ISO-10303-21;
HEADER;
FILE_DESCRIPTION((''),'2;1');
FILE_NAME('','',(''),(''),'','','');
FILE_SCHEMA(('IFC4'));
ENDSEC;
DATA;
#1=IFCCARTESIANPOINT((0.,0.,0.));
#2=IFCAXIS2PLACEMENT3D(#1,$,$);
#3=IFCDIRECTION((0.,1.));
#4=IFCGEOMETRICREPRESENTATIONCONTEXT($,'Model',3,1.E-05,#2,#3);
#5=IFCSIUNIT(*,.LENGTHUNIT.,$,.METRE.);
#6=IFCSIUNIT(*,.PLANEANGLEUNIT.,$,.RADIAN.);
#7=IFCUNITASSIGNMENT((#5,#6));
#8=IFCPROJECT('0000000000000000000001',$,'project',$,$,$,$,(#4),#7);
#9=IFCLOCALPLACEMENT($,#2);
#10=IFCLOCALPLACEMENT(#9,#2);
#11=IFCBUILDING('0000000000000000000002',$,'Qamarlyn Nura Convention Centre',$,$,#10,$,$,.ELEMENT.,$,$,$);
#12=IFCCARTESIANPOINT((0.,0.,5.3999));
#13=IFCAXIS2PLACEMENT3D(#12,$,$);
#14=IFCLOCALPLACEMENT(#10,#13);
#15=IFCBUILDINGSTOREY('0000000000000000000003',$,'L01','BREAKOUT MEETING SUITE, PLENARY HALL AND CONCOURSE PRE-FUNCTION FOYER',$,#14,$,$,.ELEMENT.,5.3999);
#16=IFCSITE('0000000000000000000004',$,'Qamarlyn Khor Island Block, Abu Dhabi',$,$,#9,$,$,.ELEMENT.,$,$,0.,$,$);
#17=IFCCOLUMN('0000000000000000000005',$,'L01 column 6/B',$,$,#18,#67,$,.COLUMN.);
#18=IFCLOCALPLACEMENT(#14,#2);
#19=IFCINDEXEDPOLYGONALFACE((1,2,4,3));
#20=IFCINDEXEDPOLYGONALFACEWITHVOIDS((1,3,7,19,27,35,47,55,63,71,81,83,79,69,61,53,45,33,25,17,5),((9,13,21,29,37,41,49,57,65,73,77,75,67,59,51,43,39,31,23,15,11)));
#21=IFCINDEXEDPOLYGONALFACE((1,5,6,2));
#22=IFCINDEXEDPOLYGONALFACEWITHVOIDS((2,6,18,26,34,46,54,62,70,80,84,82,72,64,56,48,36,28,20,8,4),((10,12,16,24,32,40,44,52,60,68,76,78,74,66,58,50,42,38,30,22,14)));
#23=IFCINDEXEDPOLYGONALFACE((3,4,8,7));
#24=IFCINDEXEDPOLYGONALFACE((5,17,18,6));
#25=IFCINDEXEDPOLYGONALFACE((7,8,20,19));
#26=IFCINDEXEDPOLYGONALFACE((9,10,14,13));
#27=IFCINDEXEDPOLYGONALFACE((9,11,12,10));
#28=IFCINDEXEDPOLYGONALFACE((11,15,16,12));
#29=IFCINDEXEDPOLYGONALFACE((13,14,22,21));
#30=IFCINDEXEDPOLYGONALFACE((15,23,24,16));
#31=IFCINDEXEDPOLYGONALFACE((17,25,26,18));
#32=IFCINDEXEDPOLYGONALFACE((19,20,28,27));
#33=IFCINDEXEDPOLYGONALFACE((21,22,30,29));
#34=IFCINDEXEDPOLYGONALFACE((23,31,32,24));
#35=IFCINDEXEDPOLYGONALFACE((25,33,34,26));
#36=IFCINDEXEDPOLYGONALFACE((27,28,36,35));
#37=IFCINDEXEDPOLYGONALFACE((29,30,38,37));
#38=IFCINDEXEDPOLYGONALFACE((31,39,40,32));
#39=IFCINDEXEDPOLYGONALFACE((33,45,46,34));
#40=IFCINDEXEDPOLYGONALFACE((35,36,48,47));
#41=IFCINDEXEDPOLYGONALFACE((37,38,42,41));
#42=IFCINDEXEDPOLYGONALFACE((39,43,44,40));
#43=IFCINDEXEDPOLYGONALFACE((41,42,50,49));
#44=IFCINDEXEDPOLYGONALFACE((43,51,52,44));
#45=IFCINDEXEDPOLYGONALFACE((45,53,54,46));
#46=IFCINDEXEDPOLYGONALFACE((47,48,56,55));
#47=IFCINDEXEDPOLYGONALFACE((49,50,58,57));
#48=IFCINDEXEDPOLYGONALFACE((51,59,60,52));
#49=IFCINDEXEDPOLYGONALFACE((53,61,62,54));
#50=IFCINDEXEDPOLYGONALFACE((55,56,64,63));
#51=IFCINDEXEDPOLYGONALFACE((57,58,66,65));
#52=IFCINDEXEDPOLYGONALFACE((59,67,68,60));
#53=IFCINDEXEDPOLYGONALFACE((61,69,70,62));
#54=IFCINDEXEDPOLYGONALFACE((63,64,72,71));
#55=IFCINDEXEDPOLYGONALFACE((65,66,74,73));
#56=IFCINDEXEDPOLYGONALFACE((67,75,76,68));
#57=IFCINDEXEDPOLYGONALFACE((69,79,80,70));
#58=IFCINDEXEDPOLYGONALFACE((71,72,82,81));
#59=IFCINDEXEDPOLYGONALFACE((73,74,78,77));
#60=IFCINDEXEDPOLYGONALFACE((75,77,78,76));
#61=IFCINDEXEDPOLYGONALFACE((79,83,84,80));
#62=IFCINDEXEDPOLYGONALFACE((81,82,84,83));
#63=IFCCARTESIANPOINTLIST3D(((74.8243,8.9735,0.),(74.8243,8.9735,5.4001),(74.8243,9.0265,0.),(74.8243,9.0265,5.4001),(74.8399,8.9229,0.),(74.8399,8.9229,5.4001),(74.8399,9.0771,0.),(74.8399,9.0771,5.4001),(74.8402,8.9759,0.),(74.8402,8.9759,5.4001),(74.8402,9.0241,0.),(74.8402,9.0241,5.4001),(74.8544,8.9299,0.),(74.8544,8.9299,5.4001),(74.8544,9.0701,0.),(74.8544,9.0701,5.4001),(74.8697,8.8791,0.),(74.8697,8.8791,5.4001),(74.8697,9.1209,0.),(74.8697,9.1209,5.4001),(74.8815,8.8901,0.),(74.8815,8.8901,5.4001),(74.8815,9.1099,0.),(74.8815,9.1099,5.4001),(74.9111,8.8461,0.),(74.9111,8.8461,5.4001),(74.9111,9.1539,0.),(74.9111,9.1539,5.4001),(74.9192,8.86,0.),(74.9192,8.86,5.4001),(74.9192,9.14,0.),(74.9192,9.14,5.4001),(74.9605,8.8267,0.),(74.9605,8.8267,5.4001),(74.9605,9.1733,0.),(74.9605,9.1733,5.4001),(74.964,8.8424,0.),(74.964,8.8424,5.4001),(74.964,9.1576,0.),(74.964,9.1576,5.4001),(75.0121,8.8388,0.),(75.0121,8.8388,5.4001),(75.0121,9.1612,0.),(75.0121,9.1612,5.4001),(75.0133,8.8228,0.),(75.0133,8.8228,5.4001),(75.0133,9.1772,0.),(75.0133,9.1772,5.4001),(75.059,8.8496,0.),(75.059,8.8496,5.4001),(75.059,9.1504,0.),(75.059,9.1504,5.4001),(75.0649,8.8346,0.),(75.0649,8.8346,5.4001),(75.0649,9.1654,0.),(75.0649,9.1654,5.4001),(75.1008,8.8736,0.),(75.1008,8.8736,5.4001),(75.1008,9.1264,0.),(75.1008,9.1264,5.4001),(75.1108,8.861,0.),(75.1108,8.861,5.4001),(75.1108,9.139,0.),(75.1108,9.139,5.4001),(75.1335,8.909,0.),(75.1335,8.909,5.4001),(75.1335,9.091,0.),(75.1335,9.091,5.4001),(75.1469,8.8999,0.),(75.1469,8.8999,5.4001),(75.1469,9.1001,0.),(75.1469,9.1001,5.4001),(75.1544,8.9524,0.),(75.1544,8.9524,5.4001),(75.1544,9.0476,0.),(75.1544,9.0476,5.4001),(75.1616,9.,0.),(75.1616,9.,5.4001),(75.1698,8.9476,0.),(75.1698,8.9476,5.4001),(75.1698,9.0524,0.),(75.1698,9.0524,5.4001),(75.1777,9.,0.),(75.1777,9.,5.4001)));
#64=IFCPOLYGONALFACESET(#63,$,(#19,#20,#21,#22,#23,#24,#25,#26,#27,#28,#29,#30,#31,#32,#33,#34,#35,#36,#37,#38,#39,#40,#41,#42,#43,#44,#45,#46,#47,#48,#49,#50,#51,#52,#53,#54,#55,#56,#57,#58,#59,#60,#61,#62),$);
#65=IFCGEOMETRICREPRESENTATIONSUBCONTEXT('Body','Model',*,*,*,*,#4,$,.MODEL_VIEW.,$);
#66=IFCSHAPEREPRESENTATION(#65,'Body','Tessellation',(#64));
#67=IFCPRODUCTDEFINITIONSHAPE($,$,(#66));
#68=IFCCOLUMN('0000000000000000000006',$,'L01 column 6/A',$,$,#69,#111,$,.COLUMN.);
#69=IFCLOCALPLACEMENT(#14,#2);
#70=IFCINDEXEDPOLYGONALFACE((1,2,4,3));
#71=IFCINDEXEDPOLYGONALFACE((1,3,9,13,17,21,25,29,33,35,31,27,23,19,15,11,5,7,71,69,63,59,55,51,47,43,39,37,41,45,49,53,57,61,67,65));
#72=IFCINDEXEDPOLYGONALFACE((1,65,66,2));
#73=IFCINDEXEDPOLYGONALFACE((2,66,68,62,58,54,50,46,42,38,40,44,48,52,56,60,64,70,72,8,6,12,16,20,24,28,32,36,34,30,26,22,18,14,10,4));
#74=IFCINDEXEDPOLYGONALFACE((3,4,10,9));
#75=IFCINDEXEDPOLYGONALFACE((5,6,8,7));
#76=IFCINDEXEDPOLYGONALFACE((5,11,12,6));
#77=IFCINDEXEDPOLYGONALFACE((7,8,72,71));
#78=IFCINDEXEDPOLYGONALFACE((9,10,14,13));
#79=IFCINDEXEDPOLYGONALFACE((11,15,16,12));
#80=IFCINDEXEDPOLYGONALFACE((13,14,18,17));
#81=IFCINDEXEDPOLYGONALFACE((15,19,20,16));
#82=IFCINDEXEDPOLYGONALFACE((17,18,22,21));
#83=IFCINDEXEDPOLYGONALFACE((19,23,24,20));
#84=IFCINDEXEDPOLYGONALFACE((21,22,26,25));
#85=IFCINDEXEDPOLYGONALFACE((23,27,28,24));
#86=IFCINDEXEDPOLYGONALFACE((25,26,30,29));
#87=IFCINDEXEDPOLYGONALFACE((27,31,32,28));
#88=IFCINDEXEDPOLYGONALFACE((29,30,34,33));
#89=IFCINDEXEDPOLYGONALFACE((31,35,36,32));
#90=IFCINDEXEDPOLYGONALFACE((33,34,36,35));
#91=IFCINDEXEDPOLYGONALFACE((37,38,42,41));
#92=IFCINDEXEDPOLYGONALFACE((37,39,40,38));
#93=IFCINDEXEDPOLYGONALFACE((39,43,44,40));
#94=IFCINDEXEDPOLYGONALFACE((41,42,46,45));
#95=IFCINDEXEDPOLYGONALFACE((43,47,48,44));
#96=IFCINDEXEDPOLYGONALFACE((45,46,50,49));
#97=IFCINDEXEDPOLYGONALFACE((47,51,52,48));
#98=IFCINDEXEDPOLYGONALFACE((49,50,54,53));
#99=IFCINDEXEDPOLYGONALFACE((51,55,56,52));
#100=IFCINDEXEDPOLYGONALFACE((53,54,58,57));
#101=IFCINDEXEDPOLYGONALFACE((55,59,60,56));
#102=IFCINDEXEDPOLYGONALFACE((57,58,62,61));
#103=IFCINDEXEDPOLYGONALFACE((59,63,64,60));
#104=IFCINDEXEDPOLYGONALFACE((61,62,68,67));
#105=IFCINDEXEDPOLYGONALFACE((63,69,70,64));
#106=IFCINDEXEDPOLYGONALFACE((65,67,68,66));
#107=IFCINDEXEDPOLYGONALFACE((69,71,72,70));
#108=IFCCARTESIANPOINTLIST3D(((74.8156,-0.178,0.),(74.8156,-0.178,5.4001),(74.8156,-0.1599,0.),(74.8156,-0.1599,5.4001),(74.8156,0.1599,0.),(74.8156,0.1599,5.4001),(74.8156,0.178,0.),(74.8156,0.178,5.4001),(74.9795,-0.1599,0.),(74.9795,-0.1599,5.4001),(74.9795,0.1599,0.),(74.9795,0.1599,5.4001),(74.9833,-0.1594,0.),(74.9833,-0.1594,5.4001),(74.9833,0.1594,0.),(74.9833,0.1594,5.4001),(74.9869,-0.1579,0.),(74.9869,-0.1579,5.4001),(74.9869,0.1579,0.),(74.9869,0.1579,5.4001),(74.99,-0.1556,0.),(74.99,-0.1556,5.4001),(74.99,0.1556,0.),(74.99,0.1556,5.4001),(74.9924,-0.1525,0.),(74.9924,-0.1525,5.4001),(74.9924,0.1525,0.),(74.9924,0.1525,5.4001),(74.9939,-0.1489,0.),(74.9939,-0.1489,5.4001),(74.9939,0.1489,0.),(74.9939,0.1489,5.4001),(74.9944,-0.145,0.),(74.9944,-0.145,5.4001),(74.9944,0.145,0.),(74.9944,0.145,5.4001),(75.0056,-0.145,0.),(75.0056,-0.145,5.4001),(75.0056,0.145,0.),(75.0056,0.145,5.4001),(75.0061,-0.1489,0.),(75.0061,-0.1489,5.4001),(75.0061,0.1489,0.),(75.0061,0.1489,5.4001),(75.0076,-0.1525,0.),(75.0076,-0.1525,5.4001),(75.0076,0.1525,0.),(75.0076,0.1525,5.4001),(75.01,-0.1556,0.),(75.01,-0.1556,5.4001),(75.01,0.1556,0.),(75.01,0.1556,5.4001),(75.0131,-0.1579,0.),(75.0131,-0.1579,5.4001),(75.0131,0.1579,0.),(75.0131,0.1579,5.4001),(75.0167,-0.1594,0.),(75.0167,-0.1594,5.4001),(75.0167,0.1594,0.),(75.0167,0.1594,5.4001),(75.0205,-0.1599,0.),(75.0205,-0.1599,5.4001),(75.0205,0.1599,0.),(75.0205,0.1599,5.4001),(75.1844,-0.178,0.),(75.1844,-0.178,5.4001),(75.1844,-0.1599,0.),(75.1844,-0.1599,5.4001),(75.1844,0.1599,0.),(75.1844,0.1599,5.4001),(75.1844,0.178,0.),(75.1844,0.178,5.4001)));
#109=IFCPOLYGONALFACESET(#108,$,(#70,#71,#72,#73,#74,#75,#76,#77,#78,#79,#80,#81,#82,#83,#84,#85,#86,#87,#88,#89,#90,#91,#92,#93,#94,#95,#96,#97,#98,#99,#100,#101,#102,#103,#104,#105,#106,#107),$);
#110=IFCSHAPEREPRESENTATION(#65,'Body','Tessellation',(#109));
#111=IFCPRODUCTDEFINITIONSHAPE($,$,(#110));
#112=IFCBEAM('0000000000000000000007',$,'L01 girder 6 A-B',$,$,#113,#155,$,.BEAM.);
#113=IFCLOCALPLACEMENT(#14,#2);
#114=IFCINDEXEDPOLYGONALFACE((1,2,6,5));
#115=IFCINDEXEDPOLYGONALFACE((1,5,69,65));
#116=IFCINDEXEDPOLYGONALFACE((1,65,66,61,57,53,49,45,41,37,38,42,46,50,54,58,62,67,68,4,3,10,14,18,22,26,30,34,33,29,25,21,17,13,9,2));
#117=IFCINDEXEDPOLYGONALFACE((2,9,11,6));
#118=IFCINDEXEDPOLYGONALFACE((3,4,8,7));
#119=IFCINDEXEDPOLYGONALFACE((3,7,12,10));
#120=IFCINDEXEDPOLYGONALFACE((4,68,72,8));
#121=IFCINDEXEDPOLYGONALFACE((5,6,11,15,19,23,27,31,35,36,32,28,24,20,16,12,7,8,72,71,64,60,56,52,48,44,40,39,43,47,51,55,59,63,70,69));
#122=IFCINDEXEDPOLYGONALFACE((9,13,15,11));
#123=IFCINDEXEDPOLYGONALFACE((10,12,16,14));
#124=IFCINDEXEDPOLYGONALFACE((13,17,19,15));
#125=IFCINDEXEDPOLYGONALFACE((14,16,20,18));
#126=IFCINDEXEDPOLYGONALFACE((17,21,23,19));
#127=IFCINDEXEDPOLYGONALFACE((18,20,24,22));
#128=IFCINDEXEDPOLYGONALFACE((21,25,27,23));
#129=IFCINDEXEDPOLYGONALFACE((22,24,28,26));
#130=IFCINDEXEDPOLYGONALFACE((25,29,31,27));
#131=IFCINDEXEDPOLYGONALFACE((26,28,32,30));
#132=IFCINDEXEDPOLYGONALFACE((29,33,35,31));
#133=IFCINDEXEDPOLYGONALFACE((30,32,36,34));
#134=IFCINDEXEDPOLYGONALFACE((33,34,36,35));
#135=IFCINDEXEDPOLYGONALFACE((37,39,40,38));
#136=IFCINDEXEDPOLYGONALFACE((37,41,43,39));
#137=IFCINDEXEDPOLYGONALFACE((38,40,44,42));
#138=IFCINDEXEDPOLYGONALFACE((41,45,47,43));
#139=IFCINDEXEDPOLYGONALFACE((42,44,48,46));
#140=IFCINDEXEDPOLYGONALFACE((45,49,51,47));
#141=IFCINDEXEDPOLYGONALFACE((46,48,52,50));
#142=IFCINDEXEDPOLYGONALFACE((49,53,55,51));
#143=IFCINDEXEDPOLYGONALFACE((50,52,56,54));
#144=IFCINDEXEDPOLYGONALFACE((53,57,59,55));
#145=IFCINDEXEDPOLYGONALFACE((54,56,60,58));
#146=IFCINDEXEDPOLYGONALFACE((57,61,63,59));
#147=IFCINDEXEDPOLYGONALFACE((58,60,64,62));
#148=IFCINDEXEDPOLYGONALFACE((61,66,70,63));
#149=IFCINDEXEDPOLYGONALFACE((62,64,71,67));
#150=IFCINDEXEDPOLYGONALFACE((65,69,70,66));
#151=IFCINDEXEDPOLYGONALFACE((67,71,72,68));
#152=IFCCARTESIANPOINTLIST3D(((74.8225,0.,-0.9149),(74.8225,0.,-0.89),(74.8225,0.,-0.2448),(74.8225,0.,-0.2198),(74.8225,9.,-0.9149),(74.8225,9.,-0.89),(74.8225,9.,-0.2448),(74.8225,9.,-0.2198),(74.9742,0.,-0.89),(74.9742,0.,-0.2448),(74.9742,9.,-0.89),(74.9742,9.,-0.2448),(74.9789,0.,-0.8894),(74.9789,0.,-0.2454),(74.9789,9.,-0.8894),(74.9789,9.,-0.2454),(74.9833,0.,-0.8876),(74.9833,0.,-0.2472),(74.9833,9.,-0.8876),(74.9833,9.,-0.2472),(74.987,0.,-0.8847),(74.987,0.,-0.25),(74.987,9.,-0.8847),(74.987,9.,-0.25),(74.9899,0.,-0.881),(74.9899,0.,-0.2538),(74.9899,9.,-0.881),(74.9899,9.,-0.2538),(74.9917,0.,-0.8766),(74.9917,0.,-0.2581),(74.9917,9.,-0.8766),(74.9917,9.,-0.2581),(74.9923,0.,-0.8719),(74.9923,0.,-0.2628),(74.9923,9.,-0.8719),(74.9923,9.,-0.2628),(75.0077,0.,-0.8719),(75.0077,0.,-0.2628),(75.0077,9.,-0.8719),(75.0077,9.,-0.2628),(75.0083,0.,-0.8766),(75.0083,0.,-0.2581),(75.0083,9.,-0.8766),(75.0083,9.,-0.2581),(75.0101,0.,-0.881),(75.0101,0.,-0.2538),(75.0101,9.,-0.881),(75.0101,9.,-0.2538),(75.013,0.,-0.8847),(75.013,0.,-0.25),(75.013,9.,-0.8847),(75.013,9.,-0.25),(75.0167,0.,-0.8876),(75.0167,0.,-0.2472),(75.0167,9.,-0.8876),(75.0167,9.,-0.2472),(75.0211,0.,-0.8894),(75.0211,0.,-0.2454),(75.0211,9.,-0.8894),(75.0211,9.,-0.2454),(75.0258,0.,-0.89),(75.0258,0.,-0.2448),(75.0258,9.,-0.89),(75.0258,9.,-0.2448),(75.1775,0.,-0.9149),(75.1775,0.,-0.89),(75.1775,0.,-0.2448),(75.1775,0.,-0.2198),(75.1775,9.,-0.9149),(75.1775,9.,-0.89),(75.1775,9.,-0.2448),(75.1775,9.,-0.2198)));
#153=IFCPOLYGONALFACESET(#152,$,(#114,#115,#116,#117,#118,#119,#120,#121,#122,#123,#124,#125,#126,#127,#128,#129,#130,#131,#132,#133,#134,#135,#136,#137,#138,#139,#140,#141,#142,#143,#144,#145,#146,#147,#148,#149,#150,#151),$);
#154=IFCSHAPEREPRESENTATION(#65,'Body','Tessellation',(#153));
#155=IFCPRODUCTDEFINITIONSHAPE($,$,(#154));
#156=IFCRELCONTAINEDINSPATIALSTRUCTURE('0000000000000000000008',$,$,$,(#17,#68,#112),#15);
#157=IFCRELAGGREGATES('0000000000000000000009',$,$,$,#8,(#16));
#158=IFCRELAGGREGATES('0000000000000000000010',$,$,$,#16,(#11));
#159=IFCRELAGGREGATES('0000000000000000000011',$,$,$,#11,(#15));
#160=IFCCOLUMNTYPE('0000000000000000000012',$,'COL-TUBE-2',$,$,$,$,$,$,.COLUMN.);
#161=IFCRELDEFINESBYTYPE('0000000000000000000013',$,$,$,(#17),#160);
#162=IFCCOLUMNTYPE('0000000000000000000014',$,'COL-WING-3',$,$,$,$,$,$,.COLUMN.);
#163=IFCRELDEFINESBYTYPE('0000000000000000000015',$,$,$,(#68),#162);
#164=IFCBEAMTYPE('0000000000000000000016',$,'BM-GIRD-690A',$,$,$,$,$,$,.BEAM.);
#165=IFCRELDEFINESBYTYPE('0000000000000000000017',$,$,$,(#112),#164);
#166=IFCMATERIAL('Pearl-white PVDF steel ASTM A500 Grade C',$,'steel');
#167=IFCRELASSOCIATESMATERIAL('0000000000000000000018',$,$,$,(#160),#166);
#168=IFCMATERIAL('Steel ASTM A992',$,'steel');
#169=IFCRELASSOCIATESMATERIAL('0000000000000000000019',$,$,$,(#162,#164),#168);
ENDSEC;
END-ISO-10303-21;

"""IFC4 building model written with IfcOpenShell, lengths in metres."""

from ifc_helpers import new_model, si_unit, direction, frame, origin, origin_2d, place, context, subcontext, project, spatial, hollow_circle, i_section, extrude, material, material_profile, profile_set, type_object, element, save


model = new_model("IFC4")

# Units and contexts
model_context = context("Model", 3, precision=1e-05, world=origin(), true_north=direction((0.0, 1.0)))
body_context = subcontext(model_context, "Body", "Model", "MODEL_VIEW")
ifc_project = project(units=[si_unit("LENGTHUNIT", "METRE"), si_unit("PLANEANGLEUNIT", "RADIAN")], contexts=[model_context])

# Site, building, storey
site_placement = place(None, origin())
site = spatial("IfcSite", under=ifc_project, at=site_placement, Name="Qamarlyn Khor Island Block, Abu Dhabi", CompositionType="ELEMENT", RefElevation=0.0)
building_placement = place(site_placement, origin())
building = spatial("IfcBuilding", under=site, at=building_placement, Name="Qamarlyn Nura Convention Centre", CompositionType="ELEMENT")
storey_placement = place(building_placement, frame((0.0, 0.0, 5.3999)))
storey = spatial("IfcBuildingStorey", under=building, at=storey_placement, Name="L01", Description="BREAKOUT MEETING SUITE, PLENARY HALL AND CONCOURSE PRE-FUNCTION FOYER", CompositionType="ELEMENT", Elevation=5.3999)

# Columns
ifc_material_1 = material(Name="Pearl-white PVDF steel ASTM A500 Grade C", Category="steel")
ifc_material_profile_1 = material_profile(ifc_material_1, hollow_circle(Radius=0.1777, WallThickness=0.0161, at=origin_2d()), Name="CHS355.6X16")
ifc_profile_set_1 = profile_set([ifc_material_profile_1], Name="Pearl-white PVDF steel ASTM A500 Grade C")
column_type_1 = type_object("IfcColumnType", Name="COL-TUBE-2", PredefinedType="COLUMN", material=ifc_profile_set_1)
column_1_placement = place(storey_placement, frame((75.0, 9.0, 0.0), z_axis=(0.0, 0.0, 1.0), x_axis=(1.0, 0.0, 0.0)))
element("IfcColumn", 1, at=column_1_placement, inside=storey, type_object=column_type_1, Name="L01 column 6/B", PredefinedType="COLUMN", context=body_context, shape_type="SweptSolid", body=[
    extrude(hollow_circle(Radius=0.1777, WallThickness=0.0161, at=origin_2d()), origin(), (0.0, 0.0, 1.0), 5.4001),
])
ifc_material_2 = material(Name="Steel ASTM A992", Category="steel")
ifc_material_profile_2 = material_profile(ifc_material_2, i_section(OverallWidth=0.3689, OverallDepth=0.356, WebThickness=0.0112, FlangeThickness=0.0181, FilletRadius=0.0149, at=origin_2d()), Name="W360X134")
ifc_profile_set_2 = profile_set([ifc_material_profile_2], Name="Steel ASTM A992")
column_type_2 = type_object("IfcColumnType", Name="COL-WING-3", PredefinedType="COLUMN", material=ifc_profile_set_2)
column_2_placement = place(storey_placement, frame((75.0, 0.0, 0.0), z_axis=(0.0, 0.0, 1.0), x_axis=(1.0, 0.0, 0.0)))
element("IfcColumn", 2, at=column_2_placement, inside=storey, type_object=column_type_2, Name="L01 column 6/A", PredefinedType="COLUMN", context=body_context, shape_type="SweptSolid", body=[
    extrude(i_section(OverallWidth=0.3689, OverallDepth=0.356, WebThickness=0.0112, FlangeThickness=0.0181, FilletRadius=0.0149, at=origin_2d()), origin(), (0.0, 0.0, 1.0), 5.4001),
])

# Beam
ifc_material_profile_3 = material_profile(ifc_material_2, i_section(OverallWidth=0.355, OverallDepth=0.6951, WebThickness=0.0154, FlangeThickness=0.0249, FilletRadius=0.0181, at=origin_2d()), Name="W690X217")
ifc_profile_set_3 = profile_set([ifc_material_profile_3], Name="Steel ASTM A992")
beam_type_1 = type_object("IfcBeamType", Name="BM-GIRD-690A", PredefinedType="BEAM", material=ifc_profile_set_3)
beam_1_placement = place(storey_placement, frame((75.0, 0.0, -0.5674), z_axis=(0.0, 1.0, 0.0), x_axis=(-1.0, 0.0, 0.0)))
element("IfcBeam", 3, at=beam_1_placement, inside=storey, type_object=beam_type_1, Name="L01 girder 6 A-B", PredefinedType="BEAM", context=body_context, shape_type="SweptSolid", body=[
    extrude(i_section(OverallWidth=0.355, OverallDepth=0.6951, WebThickness=0.0154, FlangeThickness=0.0249, FilletRadius=0.0181, at=origin_2d()), origin(), (0.0, 0.0, 1.0), 9.0),
])

save(model, "model.ifc")
